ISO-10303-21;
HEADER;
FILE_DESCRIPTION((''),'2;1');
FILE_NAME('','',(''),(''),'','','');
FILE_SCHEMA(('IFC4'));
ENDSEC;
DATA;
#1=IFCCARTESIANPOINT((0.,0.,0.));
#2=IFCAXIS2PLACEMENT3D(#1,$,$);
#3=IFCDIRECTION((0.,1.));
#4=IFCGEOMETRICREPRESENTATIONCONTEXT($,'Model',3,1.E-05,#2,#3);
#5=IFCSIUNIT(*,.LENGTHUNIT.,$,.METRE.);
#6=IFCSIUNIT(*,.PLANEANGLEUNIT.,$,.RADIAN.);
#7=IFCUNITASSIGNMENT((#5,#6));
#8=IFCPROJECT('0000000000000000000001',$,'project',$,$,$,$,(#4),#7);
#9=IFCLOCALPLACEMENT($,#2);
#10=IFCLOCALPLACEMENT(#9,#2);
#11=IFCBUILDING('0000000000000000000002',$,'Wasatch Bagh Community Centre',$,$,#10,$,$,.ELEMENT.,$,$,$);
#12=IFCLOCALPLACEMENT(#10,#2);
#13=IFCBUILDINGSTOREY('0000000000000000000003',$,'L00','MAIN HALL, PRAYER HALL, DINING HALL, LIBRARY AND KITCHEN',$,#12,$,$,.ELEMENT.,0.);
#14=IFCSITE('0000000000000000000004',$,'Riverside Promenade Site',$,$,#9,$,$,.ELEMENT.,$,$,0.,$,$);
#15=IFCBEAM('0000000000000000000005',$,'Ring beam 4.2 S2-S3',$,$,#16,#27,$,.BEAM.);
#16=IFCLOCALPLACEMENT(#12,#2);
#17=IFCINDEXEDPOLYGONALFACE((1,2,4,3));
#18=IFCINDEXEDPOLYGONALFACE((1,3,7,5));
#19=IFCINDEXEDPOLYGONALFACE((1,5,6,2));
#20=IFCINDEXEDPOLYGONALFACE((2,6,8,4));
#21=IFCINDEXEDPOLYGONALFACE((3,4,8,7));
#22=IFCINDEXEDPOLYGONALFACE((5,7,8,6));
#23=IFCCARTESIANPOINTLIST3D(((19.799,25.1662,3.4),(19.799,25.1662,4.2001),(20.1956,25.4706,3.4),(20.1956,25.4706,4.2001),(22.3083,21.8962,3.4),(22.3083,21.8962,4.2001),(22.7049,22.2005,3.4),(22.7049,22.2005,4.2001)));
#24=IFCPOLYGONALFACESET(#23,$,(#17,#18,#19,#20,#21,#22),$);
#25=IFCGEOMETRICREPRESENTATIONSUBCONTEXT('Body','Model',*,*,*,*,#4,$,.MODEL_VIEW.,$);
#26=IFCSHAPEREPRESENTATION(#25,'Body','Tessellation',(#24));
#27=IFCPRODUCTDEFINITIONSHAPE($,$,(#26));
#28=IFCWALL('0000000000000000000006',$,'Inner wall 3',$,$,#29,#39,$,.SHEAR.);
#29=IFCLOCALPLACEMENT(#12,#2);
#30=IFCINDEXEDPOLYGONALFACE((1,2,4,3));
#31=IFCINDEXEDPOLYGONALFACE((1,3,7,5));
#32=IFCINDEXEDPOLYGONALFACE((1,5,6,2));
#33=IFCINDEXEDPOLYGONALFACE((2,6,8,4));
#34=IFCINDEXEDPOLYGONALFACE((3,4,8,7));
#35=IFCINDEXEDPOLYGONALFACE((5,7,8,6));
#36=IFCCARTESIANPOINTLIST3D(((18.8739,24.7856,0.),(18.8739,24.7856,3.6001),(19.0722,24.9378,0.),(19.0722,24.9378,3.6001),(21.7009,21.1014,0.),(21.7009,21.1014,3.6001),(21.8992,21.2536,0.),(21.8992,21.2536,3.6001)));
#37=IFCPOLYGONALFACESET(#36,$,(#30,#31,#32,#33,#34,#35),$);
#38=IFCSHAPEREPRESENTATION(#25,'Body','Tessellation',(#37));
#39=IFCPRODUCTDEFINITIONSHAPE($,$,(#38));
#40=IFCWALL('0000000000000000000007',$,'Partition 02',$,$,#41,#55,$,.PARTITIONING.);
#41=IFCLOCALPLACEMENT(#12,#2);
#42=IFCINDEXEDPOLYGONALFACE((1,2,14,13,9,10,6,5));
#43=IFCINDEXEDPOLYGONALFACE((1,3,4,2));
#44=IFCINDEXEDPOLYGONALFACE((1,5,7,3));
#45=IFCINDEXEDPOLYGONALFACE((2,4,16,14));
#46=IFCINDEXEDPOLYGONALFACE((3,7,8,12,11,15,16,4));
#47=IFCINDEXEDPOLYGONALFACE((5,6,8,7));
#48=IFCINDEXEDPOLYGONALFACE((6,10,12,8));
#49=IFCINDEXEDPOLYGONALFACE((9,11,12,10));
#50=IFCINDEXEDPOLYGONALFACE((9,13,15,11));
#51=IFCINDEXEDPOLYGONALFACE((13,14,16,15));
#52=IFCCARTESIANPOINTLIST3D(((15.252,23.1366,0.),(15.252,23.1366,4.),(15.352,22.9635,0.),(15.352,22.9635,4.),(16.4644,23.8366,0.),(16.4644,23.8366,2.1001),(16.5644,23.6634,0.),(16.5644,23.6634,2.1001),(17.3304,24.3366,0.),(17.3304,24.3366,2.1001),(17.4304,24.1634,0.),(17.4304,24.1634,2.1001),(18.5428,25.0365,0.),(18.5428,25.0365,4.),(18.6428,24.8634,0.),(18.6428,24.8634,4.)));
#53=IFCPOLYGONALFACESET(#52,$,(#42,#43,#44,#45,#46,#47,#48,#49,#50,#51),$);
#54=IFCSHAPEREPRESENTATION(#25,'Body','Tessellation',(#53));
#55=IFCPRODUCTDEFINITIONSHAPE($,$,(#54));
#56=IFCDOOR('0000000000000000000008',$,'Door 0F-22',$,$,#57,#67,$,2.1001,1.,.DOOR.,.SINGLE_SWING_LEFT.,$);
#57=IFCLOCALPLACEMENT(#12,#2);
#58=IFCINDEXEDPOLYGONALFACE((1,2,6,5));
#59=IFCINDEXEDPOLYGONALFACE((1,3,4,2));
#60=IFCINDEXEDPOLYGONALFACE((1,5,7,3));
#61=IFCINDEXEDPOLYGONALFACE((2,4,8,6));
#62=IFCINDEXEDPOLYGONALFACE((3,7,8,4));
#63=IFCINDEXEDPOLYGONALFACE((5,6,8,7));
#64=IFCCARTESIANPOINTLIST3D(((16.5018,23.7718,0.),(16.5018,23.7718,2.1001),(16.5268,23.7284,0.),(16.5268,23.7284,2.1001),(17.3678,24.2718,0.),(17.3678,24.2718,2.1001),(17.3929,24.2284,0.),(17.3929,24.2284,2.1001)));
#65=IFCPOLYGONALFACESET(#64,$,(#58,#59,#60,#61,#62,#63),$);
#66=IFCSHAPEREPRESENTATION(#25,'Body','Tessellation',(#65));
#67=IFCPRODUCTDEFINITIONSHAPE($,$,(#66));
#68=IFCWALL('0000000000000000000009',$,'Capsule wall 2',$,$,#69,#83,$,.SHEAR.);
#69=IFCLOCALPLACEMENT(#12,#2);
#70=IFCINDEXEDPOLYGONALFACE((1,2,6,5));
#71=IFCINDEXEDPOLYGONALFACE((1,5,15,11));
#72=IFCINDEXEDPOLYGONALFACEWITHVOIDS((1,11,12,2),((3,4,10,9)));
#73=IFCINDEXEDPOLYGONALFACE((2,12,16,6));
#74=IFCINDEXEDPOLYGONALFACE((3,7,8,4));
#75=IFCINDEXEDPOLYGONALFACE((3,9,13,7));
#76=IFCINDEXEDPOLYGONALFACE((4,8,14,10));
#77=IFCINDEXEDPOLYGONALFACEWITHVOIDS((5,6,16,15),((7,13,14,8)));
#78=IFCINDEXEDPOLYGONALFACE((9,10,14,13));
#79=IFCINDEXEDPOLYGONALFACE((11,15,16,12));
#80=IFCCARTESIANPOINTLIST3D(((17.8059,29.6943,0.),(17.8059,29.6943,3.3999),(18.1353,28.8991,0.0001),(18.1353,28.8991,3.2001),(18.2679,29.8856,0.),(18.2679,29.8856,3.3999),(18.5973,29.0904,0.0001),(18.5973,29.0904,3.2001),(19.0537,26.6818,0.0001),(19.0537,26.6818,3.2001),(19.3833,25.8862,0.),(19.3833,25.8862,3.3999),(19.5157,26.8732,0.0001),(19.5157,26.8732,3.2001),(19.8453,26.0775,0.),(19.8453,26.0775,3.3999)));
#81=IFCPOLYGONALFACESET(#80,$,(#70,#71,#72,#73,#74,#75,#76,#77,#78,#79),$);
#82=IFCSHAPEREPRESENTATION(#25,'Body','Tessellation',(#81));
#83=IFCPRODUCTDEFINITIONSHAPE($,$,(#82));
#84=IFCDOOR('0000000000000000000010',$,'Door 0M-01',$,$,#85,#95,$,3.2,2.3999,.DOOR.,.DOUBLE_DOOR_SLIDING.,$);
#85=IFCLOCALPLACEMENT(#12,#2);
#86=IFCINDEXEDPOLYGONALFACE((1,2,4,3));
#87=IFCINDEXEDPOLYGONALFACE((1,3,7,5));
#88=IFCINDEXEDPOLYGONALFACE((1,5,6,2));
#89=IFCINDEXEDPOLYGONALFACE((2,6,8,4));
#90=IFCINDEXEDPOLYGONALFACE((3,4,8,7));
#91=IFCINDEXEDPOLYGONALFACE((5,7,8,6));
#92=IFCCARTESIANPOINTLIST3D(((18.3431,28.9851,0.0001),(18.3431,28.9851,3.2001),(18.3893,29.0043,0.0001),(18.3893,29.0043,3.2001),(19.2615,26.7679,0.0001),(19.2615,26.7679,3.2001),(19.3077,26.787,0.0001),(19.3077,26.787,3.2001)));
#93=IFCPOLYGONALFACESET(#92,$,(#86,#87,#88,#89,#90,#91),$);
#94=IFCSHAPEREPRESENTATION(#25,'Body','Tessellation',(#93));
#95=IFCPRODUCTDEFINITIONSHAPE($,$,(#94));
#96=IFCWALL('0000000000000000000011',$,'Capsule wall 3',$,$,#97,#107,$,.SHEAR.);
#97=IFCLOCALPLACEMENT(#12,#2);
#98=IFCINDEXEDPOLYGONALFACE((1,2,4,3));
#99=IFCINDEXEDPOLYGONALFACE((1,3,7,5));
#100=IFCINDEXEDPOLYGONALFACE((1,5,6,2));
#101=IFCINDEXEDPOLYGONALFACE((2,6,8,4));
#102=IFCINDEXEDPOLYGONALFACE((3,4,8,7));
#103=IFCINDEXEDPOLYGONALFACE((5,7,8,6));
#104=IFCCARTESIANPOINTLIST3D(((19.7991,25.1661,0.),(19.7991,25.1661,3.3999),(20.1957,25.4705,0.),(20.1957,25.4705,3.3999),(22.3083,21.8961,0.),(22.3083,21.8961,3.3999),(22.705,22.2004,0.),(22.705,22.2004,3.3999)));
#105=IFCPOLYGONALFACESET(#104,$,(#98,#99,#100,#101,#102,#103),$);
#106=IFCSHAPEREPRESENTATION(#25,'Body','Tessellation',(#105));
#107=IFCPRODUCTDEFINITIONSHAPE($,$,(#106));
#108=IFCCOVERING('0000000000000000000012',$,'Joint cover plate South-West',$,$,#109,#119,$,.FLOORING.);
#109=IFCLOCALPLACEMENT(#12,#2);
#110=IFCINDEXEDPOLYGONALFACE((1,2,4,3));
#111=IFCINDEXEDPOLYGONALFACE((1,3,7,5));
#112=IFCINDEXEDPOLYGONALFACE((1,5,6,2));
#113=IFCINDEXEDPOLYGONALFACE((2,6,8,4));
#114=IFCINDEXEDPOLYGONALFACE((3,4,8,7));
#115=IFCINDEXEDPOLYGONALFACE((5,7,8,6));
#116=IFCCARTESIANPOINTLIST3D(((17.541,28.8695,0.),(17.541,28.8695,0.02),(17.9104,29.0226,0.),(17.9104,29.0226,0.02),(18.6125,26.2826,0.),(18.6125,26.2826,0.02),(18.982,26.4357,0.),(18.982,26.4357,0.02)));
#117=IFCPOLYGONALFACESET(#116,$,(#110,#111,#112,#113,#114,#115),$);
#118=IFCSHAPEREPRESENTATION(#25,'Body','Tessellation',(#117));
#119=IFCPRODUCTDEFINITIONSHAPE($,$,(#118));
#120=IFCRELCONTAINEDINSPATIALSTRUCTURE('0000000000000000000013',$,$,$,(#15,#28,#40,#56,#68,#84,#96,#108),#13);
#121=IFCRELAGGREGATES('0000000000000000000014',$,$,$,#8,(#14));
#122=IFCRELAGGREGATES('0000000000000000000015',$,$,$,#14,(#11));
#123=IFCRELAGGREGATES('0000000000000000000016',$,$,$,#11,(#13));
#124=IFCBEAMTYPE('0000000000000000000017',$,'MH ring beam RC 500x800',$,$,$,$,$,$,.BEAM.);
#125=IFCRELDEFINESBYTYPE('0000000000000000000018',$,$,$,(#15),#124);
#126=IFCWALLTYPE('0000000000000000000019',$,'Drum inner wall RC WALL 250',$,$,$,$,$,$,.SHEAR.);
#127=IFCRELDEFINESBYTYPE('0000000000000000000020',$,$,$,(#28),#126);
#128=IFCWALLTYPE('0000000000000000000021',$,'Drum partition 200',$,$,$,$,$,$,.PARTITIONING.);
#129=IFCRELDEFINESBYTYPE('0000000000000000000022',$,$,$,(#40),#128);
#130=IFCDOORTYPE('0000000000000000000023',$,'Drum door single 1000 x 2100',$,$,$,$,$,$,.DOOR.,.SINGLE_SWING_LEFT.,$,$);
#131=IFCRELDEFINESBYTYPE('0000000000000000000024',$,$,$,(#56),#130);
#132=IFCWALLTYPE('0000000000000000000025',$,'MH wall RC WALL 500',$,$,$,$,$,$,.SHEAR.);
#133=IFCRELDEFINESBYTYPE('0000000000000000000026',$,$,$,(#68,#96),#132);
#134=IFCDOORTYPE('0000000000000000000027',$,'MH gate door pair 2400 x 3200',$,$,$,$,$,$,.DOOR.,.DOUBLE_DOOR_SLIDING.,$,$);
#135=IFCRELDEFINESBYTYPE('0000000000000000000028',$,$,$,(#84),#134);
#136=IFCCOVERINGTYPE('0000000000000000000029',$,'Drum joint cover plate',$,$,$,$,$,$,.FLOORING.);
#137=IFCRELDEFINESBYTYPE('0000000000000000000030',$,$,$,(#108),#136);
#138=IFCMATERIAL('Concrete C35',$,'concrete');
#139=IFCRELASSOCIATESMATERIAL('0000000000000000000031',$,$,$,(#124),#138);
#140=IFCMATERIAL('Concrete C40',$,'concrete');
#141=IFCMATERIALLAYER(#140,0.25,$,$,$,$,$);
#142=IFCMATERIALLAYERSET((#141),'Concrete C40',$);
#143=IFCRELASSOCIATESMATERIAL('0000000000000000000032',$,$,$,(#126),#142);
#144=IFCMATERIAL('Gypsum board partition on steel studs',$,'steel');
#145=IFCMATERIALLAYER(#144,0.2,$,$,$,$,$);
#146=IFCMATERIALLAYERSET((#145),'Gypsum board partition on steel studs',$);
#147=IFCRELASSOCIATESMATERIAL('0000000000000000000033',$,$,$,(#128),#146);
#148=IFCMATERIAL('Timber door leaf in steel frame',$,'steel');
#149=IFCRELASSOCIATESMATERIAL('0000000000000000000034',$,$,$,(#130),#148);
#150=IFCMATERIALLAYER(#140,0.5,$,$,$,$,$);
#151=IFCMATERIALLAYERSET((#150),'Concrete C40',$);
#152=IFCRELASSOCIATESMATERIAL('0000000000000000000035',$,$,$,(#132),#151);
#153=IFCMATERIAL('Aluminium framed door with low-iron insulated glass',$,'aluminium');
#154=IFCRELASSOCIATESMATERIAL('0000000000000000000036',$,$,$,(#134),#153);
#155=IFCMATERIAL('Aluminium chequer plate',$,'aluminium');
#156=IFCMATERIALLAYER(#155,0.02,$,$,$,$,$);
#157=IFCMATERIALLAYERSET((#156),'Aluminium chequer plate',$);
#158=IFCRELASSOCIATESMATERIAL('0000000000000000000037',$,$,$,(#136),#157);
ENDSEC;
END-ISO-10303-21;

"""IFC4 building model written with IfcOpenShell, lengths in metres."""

from ifc_helpers import new_model, si_unit, direction, frame, frame_2d, origin, origin_2d, place, context, subcontext, project, spatial, rectangle, extrude, material, layer, layer_set, material_profile, profile_set, type_object, element, fill, save


model = new_model("IFC4")

# Units and contexts
model_context = context("Model", 3, precision=1e-05, world=origin(), true_north=direction((0.0, 1.0)))
body_context = subcontext(model_context, "Body", "Model", "MODEL_VIEW")
ifc_project = project(units=[si_unit("LENGTHUNIT", "METRE"), si_unit("PLANEANGLEUNIT", "RADIAN")], contexts=[model_context])

# Site, building, storey
site_placement = place(None, origin())
site = spatial("IfcSite", under=ifc_project, at=site_placement, Name="Riverside Promenade Site", CompositionType="ELEMENT", RefElevation=0.0)
building_placement = place(site_placement, origin())
building = spatial("IfcBuilding", under=site, at=building_placement, Name="Wasatch Bagh Community Centre", CompositionType="ELEMENT")
storey_placement = place(building_placement, origin())
storey = spatial("IfcBuildingStorey", under=building, at=storey_placement, Name="L00", Description="MAIN HALL, PRAYER HALL, DINING HALL, LIBRARY AND KITCHEN", CompositionType="ELEMENT", Elevation=0.0)

# Shared definitions
ifc_material_1 = material(Name="Concrete C35", Category="concrete")

# Shared definitions
ifc_material_2 = material(Name="Concrete C40", Category="concrete")

# Beam
ifc_material_profile_1 = material_profile(ifc_material_1, rectangle(XDim=0.5, YDim=0.8, at=origin_2d()), Name="RC 500x800")
ifc_profile_set_1 = profile_set([ifc_material_profile_1], Name="Concrete C35")
beam_type_1 = type_object("IfcBeamType", Name="MH ring beam RC 500x800", PredefinedType="BEAM", material=ifc_profile_set_1)
for number, where, z_axis, x_axis, name in (
    (1, (19.9973, 25.3184, 3.8), (0.608777, -0.793341, 0.0), (0.793341, 0.608777, 0.0), "Ring beam 4.2 S2-S3"),
):
    element("IfcBeam", number, at=place(storey_placement, frame(where, z_axis=z_axis, x_axis=x_axis)), inside=storey, type_object=beam_type_1, Name=name, PredefinedType="BEAM", context=body_context, shape_type="SweptSolid", body=[
        extrude(rectangle(XDim=0.5, YDim=0.8, at=origin_2d()), origin(), (0.0, 0.0, 1.0), 4.1218),
    ])

# Wall
ifc_layer_1 = layer(ifc_material_2, 0.25)
ifc_layer_set_1 = layer_set([ifc_layer_1], Name="Concrete C40")
wall_type_1 = type_object("IfcWallType", Name="Drum inner wall RC WALL 250", PredefinedType="SHEAR", material=ifc_layer_set_1)
wall_1_placement = place(storey_placement, frame((18.9731, 24.8616, 0.0), z_axis=(0.0, 0.0, 1.0), x_axis=(0.608763, -0.793352, 0.0)))
element("IfcWall", 2, at=wall_1_placement, inside=storey, type_object=wall_type_1, Name="Inner wall 3", PredefinedType="SHEAR", context=body_context, shape_type="SweptSolid", body=[
    extrude(rectangle(XDim=4.6438, YDim=0.25, at=frame_2d((2.3218, 0.0))), origin(), (0.0, 0.0, 1.0), 3.6001),
])

# Walls, openings, doors
ifc_material_3 = material(Name="Gypsum board partition on steel studs", Category="steel")
ifc_layer_2 = layer(ifc_material_3, 0.2)
ifc_layer_set_2 = layer_set([ifc_layer_2], Name="Gypsum board partition on steel studs")
wall_type_2 = type_object("IfcWallType", Name="Drum partition 200", PredefinedType="PARTITIONING", material=ifc_layer_set_2)
wall_2_placement = place(storey_placement, frame((18.5928, 24.95, 0.0), z_axis=(0.0, 0.0, 1.0), x_axis=(-0.866028, -0.499995, 0.0)))
wall_2 = element("IfcWall", 3, at=wall_2_placement, inside=storey, type_object=wall_type_2, Name="Partition 02", PredefinedType="PARTITIONING", context=body_context, shape_type="SweptSolid", body=[
    extrude(rectangle(XDim=3.7998, YDim=0.2, at=frame_2d((1.8999, 0.0))), origin(), (0.0, 0.0, 1.0), 4.0),
])
opening_1_placement = place(wall_2_placement, frame((1.3999, 0.0, 0.0)))
opening_1 = element("IfcOpeningElement", 4, at=opening_1_placement, cuts=wall_2, PredefinedType="OPENING", context=body_context, shape_type="SweptSolid", body=[
    extrude(rectangle(XDim=1.0, YDim=2.1001, at=frame_2d((0.5, 1.05))), frame((0.0, 0.1099, 0.0), z_axis=(0.0, -1.0, 0.0), x_axis=(1.0, 0.0, 0.0)), (0.0, 0.0, 1.0), 0.22),
])
ifc_material_4 = material(Name="Timber door leaf in steel frame", Category="steel")
door_type_1 = type_object("IfcDoorType", Name="Drum door single 1000 x 2100", OperationType="SINGLE_SWING_LEFT", PredefinedType="DOOR", material=ifc_material_4)
door_1_placement = place(opening_1_placement, origin())
door_1 = element("IfcDoor", 5, at=door_1_placement, inside=storey, type_object=door_type_1, Name="Door 0F-22", OperationType="SINGLE_SWING_LEFT", OverallHeight=2.1001, OverallWidth=1.0, PredefinedType="DOOR", context=body_context, shape_type="SweptSolid", body=[
    extrude(rectangle(XDim=1.0, YDim=2.1001, at=frame_2d((0.5, 1.05))), frame((0.0, 0.0249, 0.0), z_axis=(0.0, -1.0, 0.0), x_axis=(1.0, 0.0, 0.0)), (0.0, 0.0, 1.0), 0.05),
])
fill(opening_1, door_1)
ifc_layer_3 = layer(ifc_material_2, 0.5)
ifc_layer_set_3 = layer_set([ifc_layer_3], Name="Concrete C40")
wall_type_3 = type_object("IfcWallType", Name="MH wall RC WALL 500", PredefinedType="SHEAR", material=ifc_layer_set_3)
wall_3_placement = place(storey_placement, frame((18.0369, 29.79, 0.0), z_axis=(0.0, 0.0, 1.0), x_axis=(0.382688, -0.923878, 0.0)))
wall_3 = element("IfcWall", 6, at=wall_3_placement, inside=storey, type_object=wall_type_3, Name="Capsule wall 2", PredefinedType="SHEAR", context=body_context, shape_type="SweptSolid", body=[
    extrude(rectangle(XDim=4.1218, YDim=0.5, at=frame_2d((2.061, 0.0))), origin(), (0.0, 0.0, 1.0), 3.3999),
])
opening_2_placement = place(wall_3_placement, frame((0.8608, 0.0, 0.0)))
opening_2 = element("IfcOpeningElement", 7, at=opening_2_placement, cuts=wall_3, PredefinedType="OPENING", context=body_context, shape_type="SweptSolid", body=[
    extrude(rectangle(XDim=2.3999, YDim=3.2, at=frame_2d((1.2, 1.6001))), frame((0.0, 0.26, 0.0), z_axis=(0.0, -1.0, 0.0), x_axis=(1.0, 0.0, 0.0)), (0.0, 0.0, 1.0), 0.52),
])
ifc_material_5 = material(Name="Aluminium framed door with low-iron insulated glass", Category="aluminium")
door_type_2 = type_object("IfcDoorType", Name="MH gate door pair 2400 x 3200", OperationType="DOUBLE_DOOR_SLIDING", PredefinedType="DOOR", material=ifc_material_5)
door_2_placement = place(opening_2_placement, origin())
door_2 = element("IfcDoor", 8, at=door_2_placement, inside=storey, type_object=door_type_2, Name="Door 0M-01", OperationType="DOUBLE_DOOR_SLIDING", OverallHeight=3.2, OverallWidth=2.3999, PredefinedType="DOOR", context=body_context, shape_type="SweptSolid", body=[
    extrude(rectangle(XDim=2.3999, YDim=3.2, at=frame_2d((1.2, 1.6001))), frame((0.0, 0.0249, 0.0), z_axis=(0.0, -1.0, 0.0), x_axis=(1.0, 0.0, 0.0)), (0.0, 0.0, 1.0), 0.05),
])
fill(opening_2, door_2)

# Wall
wall_4_placement = place(storey_placement, frame((19.9973, 25.3184, 0.0), z_axis=(0.0, 0.0, 1.0), x_axis=(0.608777, -0.793341, 0.0)))
element("IfcWall", 9, at=wall_4_placement, inside=storey, type_object=wall_type_3, Name="Capsule wall 3", PredefinedType="SHEAR", context=body_context, shape_type="SweptSolid", body=[
    extrude(rectangle(XDim=4.1218, YDim=0.5, at=frame_2d((2.061, 0.0))), origin(), (0.0, 0.0, 1.0), 3.3999),
])

# Covering
ifc_material_6 = material(Name="Aluminium chequer plate", Category="aluminium")
ifc_layer_4 = layer(ifc_material_6, 0.02)
ifc_layer_set_4 = layer_set([ifc_layer_4], Name="Aluminium chequer plate")
covering_type = type_object("IfcCoveringType", Name="Drum joint cover plate", PredefinedType="FLOORING", material=ifc_layer_set_4)
covering_placement = place(storey_placement, frame((18.2615, 27.6526, 0.0), z_axis=(0.0, 0.0, 1.0), x_axis=(-0.92388, -0.382683, 0.0)))
element("IfcCovering", 10, at=covering_placement, inside=storey, type_object=covering_type, Name="Joint cover plate South-West", PredefinedType="FLOORING", context=body_context, shape_type="SweptSolid", body=[
    extrude(rectangle(XDim=0.3999, YDim=2.8, at=origin_2d()), origin(), (0.0, 0.0, 1.0), 0.02),
])

save(model, "model.ifc")
